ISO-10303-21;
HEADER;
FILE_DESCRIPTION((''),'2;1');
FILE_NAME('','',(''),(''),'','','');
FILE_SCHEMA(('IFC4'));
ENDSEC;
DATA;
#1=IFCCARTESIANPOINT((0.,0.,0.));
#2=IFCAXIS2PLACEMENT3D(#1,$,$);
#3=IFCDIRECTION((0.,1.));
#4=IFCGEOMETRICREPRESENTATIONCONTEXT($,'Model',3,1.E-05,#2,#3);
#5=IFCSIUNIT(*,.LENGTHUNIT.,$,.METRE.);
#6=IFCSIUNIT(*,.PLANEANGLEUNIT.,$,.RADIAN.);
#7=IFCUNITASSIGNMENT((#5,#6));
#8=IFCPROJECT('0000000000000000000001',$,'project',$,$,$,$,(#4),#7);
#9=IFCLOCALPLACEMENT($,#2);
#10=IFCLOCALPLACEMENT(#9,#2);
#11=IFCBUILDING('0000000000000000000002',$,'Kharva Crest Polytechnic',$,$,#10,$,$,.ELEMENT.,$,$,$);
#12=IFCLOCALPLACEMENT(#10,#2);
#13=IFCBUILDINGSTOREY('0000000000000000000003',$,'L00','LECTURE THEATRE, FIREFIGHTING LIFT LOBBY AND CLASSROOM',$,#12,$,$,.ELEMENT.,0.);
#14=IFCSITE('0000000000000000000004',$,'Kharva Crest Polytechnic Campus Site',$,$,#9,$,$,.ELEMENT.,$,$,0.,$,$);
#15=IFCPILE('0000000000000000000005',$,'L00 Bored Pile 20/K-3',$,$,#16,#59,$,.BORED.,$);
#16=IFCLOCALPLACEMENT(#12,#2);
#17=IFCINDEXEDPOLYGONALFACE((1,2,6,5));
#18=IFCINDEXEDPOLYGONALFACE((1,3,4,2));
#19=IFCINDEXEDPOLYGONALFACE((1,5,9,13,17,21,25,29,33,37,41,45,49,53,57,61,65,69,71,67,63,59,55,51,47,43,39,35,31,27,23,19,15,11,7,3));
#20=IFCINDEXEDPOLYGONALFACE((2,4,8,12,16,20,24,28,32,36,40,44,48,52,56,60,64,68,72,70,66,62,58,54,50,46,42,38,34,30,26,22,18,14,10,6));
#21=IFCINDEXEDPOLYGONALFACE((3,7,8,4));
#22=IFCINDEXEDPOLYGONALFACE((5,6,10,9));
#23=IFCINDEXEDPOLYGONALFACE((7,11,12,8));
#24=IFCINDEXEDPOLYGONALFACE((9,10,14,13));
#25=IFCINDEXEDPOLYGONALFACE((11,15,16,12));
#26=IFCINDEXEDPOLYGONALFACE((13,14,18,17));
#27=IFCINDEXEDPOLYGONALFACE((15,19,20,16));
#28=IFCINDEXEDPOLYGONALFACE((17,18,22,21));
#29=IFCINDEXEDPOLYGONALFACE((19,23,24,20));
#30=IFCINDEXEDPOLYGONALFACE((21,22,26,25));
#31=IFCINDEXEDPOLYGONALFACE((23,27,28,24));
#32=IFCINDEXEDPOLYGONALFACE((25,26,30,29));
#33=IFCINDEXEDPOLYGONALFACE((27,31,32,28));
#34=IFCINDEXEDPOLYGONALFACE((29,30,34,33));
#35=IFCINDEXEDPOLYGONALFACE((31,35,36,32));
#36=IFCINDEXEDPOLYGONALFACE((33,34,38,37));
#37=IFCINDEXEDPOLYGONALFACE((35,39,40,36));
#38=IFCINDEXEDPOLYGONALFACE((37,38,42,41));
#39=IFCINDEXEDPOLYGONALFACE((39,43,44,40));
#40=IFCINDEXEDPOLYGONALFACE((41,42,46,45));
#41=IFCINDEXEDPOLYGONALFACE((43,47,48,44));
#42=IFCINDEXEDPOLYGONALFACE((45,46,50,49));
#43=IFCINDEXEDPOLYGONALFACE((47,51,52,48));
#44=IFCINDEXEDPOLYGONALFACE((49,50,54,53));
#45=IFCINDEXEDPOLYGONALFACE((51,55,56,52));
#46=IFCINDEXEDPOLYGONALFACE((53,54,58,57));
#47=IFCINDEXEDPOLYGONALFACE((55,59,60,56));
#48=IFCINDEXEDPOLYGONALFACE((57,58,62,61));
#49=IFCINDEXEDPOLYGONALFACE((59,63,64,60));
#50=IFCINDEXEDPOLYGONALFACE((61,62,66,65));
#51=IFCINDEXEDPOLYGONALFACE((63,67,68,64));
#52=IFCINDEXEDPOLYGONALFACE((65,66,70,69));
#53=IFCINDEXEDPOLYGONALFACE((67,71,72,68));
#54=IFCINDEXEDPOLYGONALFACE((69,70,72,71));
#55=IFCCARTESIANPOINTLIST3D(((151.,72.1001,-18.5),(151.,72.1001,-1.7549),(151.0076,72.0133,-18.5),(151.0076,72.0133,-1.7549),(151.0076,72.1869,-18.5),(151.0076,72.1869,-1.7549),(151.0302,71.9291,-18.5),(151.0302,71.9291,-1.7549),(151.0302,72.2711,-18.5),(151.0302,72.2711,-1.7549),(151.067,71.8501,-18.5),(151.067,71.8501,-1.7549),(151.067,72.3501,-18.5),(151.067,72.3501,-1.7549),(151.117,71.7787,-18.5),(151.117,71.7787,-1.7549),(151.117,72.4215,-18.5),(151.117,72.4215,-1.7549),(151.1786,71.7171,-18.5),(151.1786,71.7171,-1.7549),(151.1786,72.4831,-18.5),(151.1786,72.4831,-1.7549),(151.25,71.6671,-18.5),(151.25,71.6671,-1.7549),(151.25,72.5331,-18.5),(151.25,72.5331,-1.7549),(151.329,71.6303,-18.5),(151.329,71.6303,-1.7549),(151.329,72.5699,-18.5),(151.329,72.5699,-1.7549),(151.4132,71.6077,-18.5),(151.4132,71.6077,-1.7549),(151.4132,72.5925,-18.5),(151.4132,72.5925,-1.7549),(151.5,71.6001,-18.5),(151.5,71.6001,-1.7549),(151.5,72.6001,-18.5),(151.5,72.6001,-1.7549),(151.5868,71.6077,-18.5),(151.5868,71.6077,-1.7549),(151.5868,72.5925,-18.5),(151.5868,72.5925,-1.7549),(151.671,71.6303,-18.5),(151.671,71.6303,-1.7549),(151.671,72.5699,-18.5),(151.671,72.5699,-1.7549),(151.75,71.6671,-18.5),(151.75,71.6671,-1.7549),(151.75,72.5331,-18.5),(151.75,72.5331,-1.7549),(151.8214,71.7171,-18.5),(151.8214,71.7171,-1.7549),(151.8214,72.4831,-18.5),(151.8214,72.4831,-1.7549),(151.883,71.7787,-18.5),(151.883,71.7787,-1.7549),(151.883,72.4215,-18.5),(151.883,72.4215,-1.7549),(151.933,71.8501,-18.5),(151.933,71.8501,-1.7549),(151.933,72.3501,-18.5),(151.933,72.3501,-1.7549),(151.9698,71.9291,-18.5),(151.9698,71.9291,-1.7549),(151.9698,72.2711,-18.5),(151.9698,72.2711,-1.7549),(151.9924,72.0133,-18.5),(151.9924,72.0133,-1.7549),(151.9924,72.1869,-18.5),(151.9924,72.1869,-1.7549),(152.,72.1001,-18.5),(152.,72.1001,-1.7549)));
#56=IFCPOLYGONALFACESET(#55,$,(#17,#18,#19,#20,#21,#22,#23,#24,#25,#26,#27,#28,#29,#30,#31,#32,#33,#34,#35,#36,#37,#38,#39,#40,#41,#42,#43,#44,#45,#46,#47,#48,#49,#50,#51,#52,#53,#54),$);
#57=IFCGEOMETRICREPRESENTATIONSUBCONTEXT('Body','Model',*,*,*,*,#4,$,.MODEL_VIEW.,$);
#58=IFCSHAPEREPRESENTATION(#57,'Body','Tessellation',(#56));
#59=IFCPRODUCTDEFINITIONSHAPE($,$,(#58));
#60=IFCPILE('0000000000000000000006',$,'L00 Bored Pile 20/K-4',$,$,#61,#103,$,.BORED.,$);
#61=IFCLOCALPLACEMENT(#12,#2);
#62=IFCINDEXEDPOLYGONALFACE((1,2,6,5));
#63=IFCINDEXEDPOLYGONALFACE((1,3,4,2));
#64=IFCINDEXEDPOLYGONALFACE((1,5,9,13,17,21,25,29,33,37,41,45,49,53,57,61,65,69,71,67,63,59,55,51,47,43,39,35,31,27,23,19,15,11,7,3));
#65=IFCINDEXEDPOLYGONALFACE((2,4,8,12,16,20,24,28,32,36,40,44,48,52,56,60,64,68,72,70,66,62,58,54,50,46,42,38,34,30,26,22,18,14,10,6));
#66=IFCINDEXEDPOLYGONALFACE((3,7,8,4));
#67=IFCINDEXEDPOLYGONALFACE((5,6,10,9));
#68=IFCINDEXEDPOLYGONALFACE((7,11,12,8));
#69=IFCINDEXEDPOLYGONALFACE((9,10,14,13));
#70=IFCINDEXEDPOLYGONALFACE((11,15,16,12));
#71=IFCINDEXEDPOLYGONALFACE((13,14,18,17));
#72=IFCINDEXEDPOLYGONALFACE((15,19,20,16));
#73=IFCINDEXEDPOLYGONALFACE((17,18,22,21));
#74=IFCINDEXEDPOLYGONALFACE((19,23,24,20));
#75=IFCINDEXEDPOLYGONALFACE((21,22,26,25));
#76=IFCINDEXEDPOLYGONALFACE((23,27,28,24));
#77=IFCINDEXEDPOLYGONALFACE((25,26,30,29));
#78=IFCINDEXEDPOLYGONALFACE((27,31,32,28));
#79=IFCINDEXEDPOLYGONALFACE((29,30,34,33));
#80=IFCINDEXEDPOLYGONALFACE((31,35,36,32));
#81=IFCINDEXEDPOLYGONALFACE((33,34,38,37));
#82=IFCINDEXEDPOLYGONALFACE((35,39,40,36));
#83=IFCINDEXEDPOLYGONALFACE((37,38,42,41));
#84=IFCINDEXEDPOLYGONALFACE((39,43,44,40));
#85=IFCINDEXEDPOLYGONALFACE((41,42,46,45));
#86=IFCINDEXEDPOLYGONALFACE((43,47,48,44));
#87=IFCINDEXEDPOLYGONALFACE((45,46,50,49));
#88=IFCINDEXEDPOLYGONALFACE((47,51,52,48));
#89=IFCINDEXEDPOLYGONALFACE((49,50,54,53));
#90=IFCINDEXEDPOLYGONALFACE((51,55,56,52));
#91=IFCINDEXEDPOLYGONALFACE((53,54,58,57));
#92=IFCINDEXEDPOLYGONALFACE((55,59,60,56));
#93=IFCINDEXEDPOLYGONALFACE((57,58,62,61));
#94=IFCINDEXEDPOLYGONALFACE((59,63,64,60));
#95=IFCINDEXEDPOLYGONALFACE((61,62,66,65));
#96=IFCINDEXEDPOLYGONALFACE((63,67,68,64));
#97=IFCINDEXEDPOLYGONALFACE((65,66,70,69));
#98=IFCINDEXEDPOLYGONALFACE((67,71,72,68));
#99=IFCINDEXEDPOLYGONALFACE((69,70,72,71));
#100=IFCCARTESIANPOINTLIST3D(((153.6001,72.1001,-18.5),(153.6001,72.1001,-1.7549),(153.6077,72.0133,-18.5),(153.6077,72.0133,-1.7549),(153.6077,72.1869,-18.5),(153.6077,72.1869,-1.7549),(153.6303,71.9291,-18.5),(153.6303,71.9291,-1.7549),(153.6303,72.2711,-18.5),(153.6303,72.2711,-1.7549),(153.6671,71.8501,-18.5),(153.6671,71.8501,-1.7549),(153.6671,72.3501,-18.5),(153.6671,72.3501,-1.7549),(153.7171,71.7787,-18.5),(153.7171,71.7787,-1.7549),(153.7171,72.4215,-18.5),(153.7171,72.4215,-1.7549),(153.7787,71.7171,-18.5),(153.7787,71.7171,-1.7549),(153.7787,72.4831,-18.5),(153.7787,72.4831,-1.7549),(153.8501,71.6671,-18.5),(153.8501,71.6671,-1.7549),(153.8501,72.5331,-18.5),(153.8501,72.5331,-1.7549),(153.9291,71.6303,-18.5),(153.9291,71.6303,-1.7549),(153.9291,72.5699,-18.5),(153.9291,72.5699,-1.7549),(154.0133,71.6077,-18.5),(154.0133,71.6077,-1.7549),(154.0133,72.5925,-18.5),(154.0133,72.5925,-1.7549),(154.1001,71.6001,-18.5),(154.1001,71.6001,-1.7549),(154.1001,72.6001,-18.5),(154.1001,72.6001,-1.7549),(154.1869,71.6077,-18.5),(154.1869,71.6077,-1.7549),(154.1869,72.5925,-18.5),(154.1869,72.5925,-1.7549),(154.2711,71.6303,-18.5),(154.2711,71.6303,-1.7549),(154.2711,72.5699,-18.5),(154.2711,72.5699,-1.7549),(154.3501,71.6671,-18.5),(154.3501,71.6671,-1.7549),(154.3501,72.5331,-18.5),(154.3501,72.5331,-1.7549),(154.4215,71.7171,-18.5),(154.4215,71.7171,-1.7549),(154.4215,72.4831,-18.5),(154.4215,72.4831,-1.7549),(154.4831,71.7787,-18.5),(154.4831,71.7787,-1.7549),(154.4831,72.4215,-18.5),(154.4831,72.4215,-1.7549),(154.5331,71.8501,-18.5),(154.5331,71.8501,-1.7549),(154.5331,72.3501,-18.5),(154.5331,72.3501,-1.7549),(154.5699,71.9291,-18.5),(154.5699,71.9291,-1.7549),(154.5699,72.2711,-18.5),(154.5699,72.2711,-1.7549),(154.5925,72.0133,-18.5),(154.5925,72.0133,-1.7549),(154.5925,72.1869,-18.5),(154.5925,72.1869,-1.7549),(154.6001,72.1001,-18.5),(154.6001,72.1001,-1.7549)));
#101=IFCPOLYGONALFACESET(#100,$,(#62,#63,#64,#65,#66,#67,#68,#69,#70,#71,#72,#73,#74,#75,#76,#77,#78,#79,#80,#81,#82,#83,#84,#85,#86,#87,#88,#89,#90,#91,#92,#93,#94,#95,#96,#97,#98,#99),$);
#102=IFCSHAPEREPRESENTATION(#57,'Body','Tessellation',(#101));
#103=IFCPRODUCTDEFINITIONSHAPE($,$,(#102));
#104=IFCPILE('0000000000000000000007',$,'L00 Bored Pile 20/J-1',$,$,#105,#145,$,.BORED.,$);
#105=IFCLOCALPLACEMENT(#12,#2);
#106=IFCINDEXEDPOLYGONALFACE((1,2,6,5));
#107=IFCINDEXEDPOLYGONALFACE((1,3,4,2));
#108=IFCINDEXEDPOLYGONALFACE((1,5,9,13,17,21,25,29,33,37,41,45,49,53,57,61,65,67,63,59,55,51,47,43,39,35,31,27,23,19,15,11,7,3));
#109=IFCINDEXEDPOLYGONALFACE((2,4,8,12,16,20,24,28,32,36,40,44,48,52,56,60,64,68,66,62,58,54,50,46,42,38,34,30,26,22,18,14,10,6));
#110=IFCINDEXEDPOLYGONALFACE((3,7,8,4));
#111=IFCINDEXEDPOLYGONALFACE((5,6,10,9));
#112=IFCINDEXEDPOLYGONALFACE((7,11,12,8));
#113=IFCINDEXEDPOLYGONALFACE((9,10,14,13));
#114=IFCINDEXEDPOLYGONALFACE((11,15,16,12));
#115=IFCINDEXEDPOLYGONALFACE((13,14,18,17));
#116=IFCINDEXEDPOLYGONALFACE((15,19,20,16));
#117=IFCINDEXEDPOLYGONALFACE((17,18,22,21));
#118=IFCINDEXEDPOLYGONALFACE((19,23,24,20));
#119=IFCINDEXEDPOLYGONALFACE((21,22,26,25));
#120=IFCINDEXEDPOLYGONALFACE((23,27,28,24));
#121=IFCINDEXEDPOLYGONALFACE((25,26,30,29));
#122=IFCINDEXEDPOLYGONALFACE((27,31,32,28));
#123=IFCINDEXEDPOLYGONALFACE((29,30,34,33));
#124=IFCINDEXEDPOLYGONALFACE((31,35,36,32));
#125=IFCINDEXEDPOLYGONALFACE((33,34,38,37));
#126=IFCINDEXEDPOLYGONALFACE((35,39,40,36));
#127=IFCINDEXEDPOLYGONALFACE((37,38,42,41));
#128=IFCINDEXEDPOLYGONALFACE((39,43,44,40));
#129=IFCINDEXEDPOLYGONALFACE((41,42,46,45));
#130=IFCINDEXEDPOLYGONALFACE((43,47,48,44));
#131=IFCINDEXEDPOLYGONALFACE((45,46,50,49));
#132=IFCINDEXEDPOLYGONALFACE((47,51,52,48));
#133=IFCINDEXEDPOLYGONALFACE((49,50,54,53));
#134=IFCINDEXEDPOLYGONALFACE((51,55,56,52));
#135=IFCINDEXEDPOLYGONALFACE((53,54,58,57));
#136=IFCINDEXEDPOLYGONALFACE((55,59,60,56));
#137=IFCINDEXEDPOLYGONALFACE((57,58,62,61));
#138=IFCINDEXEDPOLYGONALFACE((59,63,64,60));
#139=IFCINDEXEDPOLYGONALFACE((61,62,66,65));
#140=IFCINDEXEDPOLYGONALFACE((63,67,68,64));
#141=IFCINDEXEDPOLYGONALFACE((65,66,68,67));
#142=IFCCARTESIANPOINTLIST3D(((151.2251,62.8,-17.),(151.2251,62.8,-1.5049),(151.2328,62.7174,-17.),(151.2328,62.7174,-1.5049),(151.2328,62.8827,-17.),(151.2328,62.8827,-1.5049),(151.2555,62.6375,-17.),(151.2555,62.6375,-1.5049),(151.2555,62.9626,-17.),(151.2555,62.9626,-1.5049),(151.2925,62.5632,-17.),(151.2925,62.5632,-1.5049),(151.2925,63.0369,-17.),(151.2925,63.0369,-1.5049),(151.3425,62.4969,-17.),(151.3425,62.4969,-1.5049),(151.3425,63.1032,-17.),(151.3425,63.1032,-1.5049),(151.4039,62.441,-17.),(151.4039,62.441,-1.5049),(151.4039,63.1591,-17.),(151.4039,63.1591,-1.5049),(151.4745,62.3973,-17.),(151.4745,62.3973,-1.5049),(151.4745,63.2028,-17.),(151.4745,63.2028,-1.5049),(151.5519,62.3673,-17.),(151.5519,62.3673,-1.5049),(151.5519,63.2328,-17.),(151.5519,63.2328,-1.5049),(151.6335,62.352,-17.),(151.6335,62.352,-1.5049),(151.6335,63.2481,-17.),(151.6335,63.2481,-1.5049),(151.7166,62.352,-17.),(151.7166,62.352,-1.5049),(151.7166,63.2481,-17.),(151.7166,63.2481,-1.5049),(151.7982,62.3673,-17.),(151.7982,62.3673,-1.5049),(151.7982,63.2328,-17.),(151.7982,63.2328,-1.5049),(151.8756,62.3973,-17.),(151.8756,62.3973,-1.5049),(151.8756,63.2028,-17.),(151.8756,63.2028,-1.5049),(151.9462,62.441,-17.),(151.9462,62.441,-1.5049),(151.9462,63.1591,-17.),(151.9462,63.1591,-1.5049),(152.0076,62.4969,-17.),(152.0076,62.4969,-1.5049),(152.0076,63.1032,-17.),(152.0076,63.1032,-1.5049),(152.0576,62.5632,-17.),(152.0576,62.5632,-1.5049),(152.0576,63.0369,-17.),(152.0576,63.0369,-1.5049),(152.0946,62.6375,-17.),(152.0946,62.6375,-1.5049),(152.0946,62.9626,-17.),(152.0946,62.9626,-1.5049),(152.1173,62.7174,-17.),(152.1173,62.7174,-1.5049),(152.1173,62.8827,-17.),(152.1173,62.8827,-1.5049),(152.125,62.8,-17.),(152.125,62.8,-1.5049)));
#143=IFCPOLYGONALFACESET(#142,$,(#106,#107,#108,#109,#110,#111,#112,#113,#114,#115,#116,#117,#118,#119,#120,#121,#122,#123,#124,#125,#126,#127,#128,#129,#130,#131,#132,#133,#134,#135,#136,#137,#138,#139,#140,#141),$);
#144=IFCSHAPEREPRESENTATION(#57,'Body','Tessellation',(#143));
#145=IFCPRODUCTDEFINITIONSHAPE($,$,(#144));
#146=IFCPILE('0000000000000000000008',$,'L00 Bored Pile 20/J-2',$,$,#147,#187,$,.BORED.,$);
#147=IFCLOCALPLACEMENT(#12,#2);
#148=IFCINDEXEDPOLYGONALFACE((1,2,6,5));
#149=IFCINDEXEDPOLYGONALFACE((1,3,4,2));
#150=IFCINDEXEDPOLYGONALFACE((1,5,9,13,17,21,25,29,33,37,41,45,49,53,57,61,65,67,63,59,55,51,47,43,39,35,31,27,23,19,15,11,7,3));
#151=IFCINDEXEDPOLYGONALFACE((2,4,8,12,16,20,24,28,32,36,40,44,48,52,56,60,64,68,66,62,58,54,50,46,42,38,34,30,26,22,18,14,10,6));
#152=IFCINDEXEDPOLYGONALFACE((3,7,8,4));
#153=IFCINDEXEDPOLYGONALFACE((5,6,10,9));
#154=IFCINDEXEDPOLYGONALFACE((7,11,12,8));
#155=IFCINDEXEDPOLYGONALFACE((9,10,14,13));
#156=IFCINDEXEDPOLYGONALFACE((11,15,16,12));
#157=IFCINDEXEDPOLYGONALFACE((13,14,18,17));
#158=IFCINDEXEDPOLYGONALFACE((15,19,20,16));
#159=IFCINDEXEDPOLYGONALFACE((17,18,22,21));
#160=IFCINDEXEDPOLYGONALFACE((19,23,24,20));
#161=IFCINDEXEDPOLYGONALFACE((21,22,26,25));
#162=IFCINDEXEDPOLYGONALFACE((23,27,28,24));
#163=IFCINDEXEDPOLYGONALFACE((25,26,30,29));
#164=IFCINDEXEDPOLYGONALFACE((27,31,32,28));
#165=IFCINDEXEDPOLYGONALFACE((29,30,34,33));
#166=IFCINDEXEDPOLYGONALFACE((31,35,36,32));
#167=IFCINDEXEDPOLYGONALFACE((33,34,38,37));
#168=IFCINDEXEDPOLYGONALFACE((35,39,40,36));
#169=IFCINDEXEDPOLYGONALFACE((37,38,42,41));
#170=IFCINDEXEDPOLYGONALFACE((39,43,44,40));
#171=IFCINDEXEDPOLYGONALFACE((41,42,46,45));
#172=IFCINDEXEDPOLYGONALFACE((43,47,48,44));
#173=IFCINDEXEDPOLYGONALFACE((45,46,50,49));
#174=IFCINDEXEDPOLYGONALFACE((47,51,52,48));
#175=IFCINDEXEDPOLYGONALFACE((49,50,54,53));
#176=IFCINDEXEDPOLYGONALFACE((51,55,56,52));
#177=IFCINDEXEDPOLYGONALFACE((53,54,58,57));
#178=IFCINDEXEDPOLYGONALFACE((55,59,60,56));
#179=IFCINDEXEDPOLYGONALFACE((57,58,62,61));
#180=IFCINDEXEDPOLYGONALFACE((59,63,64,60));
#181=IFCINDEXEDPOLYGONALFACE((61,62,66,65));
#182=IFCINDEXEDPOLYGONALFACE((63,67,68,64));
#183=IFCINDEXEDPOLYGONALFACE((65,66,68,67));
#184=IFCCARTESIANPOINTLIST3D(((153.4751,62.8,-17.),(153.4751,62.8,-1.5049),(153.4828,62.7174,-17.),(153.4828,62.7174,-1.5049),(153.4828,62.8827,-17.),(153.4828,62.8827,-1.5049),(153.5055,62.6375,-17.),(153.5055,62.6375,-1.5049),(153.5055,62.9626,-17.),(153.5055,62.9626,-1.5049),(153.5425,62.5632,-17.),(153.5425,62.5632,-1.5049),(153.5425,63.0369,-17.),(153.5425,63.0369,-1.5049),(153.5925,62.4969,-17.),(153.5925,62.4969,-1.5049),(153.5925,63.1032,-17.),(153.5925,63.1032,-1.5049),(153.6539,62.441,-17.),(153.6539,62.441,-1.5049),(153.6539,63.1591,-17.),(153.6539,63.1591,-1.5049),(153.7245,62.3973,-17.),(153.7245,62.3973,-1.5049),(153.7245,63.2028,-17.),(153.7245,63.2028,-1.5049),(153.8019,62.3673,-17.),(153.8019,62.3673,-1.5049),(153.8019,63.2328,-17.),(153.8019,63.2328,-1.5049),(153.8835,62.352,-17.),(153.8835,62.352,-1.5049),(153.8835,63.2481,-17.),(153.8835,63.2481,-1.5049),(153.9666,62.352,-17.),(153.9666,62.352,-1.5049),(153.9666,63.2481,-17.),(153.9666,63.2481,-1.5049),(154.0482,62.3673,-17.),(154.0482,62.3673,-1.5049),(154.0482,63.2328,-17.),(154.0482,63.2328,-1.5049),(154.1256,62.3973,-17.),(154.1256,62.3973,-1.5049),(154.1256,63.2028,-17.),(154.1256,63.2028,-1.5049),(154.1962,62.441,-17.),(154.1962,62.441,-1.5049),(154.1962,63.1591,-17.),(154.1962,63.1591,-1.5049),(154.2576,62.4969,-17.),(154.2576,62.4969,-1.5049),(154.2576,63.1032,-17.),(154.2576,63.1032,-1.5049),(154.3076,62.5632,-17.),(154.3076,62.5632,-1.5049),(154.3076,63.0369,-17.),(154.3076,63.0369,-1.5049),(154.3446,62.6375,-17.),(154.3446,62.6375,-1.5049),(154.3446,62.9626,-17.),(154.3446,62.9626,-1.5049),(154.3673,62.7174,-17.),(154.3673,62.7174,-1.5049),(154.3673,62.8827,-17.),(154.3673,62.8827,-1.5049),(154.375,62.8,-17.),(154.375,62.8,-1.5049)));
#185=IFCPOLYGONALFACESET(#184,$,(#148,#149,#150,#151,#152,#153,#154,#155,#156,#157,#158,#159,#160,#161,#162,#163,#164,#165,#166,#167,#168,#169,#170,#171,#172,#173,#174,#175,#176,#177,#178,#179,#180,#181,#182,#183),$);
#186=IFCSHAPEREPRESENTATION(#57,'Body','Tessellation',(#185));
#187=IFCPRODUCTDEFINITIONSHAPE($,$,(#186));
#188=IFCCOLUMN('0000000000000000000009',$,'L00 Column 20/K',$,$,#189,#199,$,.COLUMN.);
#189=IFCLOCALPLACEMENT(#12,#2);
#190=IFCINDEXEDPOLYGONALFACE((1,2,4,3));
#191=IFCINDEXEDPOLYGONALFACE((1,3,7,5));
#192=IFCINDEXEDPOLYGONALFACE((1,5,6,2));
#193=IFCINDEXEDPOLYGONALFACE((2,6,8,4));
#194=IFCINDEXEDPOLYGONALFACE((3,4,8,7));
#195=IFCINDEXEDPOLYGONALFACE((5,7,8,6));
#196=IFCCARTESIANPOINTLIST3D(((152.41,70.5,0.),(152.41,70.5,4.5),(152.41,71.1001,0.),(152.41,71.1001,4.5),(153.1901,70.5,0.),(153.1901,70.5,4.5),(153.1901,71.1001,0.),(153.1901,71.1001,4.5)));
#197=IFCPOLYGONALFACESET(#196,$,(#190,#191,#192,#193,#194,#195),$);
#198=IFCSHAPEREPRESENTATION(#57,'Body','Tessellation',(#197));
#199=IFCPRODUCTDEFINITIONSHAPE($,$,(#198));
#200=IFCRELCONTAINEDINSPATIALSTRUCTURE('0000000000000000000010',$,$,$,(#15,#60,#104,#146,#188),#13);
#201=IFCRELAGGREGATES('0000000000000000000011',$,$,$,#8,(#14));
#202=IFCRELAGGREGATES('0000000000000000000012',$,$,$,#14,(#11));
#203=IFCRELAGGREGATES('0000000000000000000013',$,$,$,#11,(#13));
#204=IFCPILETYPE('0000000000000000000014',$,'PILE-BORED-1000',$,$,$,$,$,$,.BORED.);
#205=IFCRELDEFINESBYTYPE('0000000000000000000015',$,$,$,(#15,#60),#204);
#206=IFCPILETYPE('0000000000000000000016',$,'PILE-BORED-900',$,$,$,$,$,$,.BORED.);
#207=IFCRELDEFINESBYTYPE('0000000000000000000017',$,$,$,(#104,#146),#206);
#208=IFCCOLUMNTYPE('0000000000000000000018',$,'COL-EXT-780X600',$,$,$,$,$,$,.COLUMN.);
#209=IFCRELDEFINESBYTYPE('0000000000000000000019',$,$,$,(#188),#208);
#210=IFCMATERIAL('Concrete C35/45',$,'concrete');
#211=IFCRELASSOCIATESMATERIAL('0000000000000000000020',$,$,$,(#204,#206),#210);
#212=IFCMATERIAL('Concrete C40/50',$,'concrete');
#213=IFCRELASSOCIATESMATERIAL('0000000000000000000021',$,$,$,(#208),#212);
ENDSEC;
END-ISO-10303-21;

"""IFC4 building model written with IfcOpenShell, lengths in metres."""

from ifc_helpers import new_model, si_unit, direction, frame, origin, origin_2d, place, context, subcontext, project, spatial, rectangle, circle, extrude, material, material_profile, profile_set, type_object, element, save


model = new_model("IFC4")

# Units and contexts
model_context = context("Model", 3, precision=1e-05, world=origin(), true_north=direction((0.0, 1.0)))
body_context = subcontext(model_context, "Body", "Model", "MODEL_VIEW")
ifc_project = project(units=[si_unit("LENGTHUNIT", "METRE"), si_unit("PLANEANGLEUNIT", "RADIAN")], contexts=[model_context])

# Site, building, storey
site_placement = place(None, origin())
site = spatial("IfcSite", under=ifc_project, at=site_placement, Name="Kharva Crest Polytechnic Campus Site", CompositionType="ELEMENT", RefElevation=0.0)
building_placement = place(site_placement, origin())
building = spatial("IfcBuilding", under=site, at=building_placement, Name="Kharva Crest Polytechnic", CompositionType="ELEMENT")
storey_placement = place(building_placement, origin())
storey = spatial("IfcBuildingStorey", under=building, at=storey_placement, Name="L00", Description="LECTURE THEATRE, FIREFIGHTING LIFT LOBBY AND CLASSROOM", CompositionType="ELEMENT", Elevation=0.0)

# Shared definitions
ifc_material_1 = material(Name="Concrete C35/45", Category="concrete")

# Piles
ifc_material_profile_1 = material_profile(ifc_material_1, circle(Radius=0.5, at=origin_2d()), Name="DIA 1000")
ifc_profile_set_1 = profile_set([ifc_material_profile_1], Name="Concrete C35/45")
pile_type_1 = type_object("IfcPileType", Name="PILE-BORED-1000", PredefinedType="BORED", material=ifc_profile_set_1)
for number, where, z_axis, x_axis, name in (
    (1, (151.5, 72.1001, -1.7549), (0.0, 0.0, -1.0), (1.0, 0.0, 0.0), "L00 Bored Pile 20/K-3"),
    (2, (154.1001, 72.1001, -1.7549), (0.0, 0.0, -1.0), (1.0, 0.0, 0.0), "L00 Bored Pile 20/K-4"),
):
    element("IfcPile", number, at=place(storey_placement, frame(where, z_axis=z_axis, x_axis=x_axis)), inside=storey, type_object=pile_type_1, Name=name, PredefinedType="BORED", context=body_context, shape_type="SweptSolid", body=[
        extrude(circle(Radius=0.5, at=origin_2d()), origin(), (0.0, 0.0, 1.0), 16.7451),
    ])
ifc_material_profile_2 = material_profile(ifc_material_1, circle(Radius=0.45, at=origin_2d()), Name="DIA 900")
ifc_profile_set_2 = profile_set([ifc_material_profile_2], Name="Concrete C35/45")
pile_type_2 = type_object("IfcPileType", Name="PILE-BORED-900", PredefinedType="BORED", material=ifc_profile_set_2)
for number, where, z_axis, x_axis, name in (
    (3, (151.675, 62.8, -1.5049), (0.0, 0.0, -1.0), (1.0, 0.0, 0.0), "L00 Bored Pile 20/J-1"),
    (4, (153.925, 62.8, -1.5049), (0.0, 0.0, -1.0), (1.0, 0.0, 0.0), "L00 Bored Pile 20/J-2"),
):
    element("IfcPile", number, at=place(storey_placement, frame(where, z_axis=z_axis, x_axis=x_axis)), inside=storey, type_object=pile_type_2, Name=name, PredefinedType="BORED", context=body_context, shape_type="SweptSolid", body=[
        extrude(circle(Radius=0.45, at=origin_2d()), origin(), (0.0, 0.0, 1.0), 15.4951),
    ])

# Column
ifc_material_2 = material(Name="Concrete C40/50", Category="concrete")
ifc_material_profile_3 = material_profile(ifc_material_2, rectangle(XDim=0.78, YDim=0.6001, at=origin_2d()), Name="RECT 780 X 600")
ifc_profile_set_3 = profile_set([ifc_material_profile_3], Name="Concrete C40/50")
column_type_1 = type_object("IfcColumnType", Name="COL-EXT-780X600", PredefinedType="COLUMN", material=ifc_profile_set_3)
column_1_placement = place(storey_placement, frame((152.8, 70.8, 0.0), z_axis=(0.0, 0.0, 1.0), x_axis=(1.0, 0.0, 0.0)))
element("IfcColumn", 5, at=column_1_placement, inside=storey, type_object=column_type_1, Name="L00 Column 20/K", PredefinedType="COLUMN", context=body_context, shape_type="SweptSolid", body=[
    extrude(rectangle(XDim=0.78, YDim=0.6001, at=origin_2d()), origin(), (0.0, 0.0, 1.0), 4.5),
])

save(model, "model.ifc")
